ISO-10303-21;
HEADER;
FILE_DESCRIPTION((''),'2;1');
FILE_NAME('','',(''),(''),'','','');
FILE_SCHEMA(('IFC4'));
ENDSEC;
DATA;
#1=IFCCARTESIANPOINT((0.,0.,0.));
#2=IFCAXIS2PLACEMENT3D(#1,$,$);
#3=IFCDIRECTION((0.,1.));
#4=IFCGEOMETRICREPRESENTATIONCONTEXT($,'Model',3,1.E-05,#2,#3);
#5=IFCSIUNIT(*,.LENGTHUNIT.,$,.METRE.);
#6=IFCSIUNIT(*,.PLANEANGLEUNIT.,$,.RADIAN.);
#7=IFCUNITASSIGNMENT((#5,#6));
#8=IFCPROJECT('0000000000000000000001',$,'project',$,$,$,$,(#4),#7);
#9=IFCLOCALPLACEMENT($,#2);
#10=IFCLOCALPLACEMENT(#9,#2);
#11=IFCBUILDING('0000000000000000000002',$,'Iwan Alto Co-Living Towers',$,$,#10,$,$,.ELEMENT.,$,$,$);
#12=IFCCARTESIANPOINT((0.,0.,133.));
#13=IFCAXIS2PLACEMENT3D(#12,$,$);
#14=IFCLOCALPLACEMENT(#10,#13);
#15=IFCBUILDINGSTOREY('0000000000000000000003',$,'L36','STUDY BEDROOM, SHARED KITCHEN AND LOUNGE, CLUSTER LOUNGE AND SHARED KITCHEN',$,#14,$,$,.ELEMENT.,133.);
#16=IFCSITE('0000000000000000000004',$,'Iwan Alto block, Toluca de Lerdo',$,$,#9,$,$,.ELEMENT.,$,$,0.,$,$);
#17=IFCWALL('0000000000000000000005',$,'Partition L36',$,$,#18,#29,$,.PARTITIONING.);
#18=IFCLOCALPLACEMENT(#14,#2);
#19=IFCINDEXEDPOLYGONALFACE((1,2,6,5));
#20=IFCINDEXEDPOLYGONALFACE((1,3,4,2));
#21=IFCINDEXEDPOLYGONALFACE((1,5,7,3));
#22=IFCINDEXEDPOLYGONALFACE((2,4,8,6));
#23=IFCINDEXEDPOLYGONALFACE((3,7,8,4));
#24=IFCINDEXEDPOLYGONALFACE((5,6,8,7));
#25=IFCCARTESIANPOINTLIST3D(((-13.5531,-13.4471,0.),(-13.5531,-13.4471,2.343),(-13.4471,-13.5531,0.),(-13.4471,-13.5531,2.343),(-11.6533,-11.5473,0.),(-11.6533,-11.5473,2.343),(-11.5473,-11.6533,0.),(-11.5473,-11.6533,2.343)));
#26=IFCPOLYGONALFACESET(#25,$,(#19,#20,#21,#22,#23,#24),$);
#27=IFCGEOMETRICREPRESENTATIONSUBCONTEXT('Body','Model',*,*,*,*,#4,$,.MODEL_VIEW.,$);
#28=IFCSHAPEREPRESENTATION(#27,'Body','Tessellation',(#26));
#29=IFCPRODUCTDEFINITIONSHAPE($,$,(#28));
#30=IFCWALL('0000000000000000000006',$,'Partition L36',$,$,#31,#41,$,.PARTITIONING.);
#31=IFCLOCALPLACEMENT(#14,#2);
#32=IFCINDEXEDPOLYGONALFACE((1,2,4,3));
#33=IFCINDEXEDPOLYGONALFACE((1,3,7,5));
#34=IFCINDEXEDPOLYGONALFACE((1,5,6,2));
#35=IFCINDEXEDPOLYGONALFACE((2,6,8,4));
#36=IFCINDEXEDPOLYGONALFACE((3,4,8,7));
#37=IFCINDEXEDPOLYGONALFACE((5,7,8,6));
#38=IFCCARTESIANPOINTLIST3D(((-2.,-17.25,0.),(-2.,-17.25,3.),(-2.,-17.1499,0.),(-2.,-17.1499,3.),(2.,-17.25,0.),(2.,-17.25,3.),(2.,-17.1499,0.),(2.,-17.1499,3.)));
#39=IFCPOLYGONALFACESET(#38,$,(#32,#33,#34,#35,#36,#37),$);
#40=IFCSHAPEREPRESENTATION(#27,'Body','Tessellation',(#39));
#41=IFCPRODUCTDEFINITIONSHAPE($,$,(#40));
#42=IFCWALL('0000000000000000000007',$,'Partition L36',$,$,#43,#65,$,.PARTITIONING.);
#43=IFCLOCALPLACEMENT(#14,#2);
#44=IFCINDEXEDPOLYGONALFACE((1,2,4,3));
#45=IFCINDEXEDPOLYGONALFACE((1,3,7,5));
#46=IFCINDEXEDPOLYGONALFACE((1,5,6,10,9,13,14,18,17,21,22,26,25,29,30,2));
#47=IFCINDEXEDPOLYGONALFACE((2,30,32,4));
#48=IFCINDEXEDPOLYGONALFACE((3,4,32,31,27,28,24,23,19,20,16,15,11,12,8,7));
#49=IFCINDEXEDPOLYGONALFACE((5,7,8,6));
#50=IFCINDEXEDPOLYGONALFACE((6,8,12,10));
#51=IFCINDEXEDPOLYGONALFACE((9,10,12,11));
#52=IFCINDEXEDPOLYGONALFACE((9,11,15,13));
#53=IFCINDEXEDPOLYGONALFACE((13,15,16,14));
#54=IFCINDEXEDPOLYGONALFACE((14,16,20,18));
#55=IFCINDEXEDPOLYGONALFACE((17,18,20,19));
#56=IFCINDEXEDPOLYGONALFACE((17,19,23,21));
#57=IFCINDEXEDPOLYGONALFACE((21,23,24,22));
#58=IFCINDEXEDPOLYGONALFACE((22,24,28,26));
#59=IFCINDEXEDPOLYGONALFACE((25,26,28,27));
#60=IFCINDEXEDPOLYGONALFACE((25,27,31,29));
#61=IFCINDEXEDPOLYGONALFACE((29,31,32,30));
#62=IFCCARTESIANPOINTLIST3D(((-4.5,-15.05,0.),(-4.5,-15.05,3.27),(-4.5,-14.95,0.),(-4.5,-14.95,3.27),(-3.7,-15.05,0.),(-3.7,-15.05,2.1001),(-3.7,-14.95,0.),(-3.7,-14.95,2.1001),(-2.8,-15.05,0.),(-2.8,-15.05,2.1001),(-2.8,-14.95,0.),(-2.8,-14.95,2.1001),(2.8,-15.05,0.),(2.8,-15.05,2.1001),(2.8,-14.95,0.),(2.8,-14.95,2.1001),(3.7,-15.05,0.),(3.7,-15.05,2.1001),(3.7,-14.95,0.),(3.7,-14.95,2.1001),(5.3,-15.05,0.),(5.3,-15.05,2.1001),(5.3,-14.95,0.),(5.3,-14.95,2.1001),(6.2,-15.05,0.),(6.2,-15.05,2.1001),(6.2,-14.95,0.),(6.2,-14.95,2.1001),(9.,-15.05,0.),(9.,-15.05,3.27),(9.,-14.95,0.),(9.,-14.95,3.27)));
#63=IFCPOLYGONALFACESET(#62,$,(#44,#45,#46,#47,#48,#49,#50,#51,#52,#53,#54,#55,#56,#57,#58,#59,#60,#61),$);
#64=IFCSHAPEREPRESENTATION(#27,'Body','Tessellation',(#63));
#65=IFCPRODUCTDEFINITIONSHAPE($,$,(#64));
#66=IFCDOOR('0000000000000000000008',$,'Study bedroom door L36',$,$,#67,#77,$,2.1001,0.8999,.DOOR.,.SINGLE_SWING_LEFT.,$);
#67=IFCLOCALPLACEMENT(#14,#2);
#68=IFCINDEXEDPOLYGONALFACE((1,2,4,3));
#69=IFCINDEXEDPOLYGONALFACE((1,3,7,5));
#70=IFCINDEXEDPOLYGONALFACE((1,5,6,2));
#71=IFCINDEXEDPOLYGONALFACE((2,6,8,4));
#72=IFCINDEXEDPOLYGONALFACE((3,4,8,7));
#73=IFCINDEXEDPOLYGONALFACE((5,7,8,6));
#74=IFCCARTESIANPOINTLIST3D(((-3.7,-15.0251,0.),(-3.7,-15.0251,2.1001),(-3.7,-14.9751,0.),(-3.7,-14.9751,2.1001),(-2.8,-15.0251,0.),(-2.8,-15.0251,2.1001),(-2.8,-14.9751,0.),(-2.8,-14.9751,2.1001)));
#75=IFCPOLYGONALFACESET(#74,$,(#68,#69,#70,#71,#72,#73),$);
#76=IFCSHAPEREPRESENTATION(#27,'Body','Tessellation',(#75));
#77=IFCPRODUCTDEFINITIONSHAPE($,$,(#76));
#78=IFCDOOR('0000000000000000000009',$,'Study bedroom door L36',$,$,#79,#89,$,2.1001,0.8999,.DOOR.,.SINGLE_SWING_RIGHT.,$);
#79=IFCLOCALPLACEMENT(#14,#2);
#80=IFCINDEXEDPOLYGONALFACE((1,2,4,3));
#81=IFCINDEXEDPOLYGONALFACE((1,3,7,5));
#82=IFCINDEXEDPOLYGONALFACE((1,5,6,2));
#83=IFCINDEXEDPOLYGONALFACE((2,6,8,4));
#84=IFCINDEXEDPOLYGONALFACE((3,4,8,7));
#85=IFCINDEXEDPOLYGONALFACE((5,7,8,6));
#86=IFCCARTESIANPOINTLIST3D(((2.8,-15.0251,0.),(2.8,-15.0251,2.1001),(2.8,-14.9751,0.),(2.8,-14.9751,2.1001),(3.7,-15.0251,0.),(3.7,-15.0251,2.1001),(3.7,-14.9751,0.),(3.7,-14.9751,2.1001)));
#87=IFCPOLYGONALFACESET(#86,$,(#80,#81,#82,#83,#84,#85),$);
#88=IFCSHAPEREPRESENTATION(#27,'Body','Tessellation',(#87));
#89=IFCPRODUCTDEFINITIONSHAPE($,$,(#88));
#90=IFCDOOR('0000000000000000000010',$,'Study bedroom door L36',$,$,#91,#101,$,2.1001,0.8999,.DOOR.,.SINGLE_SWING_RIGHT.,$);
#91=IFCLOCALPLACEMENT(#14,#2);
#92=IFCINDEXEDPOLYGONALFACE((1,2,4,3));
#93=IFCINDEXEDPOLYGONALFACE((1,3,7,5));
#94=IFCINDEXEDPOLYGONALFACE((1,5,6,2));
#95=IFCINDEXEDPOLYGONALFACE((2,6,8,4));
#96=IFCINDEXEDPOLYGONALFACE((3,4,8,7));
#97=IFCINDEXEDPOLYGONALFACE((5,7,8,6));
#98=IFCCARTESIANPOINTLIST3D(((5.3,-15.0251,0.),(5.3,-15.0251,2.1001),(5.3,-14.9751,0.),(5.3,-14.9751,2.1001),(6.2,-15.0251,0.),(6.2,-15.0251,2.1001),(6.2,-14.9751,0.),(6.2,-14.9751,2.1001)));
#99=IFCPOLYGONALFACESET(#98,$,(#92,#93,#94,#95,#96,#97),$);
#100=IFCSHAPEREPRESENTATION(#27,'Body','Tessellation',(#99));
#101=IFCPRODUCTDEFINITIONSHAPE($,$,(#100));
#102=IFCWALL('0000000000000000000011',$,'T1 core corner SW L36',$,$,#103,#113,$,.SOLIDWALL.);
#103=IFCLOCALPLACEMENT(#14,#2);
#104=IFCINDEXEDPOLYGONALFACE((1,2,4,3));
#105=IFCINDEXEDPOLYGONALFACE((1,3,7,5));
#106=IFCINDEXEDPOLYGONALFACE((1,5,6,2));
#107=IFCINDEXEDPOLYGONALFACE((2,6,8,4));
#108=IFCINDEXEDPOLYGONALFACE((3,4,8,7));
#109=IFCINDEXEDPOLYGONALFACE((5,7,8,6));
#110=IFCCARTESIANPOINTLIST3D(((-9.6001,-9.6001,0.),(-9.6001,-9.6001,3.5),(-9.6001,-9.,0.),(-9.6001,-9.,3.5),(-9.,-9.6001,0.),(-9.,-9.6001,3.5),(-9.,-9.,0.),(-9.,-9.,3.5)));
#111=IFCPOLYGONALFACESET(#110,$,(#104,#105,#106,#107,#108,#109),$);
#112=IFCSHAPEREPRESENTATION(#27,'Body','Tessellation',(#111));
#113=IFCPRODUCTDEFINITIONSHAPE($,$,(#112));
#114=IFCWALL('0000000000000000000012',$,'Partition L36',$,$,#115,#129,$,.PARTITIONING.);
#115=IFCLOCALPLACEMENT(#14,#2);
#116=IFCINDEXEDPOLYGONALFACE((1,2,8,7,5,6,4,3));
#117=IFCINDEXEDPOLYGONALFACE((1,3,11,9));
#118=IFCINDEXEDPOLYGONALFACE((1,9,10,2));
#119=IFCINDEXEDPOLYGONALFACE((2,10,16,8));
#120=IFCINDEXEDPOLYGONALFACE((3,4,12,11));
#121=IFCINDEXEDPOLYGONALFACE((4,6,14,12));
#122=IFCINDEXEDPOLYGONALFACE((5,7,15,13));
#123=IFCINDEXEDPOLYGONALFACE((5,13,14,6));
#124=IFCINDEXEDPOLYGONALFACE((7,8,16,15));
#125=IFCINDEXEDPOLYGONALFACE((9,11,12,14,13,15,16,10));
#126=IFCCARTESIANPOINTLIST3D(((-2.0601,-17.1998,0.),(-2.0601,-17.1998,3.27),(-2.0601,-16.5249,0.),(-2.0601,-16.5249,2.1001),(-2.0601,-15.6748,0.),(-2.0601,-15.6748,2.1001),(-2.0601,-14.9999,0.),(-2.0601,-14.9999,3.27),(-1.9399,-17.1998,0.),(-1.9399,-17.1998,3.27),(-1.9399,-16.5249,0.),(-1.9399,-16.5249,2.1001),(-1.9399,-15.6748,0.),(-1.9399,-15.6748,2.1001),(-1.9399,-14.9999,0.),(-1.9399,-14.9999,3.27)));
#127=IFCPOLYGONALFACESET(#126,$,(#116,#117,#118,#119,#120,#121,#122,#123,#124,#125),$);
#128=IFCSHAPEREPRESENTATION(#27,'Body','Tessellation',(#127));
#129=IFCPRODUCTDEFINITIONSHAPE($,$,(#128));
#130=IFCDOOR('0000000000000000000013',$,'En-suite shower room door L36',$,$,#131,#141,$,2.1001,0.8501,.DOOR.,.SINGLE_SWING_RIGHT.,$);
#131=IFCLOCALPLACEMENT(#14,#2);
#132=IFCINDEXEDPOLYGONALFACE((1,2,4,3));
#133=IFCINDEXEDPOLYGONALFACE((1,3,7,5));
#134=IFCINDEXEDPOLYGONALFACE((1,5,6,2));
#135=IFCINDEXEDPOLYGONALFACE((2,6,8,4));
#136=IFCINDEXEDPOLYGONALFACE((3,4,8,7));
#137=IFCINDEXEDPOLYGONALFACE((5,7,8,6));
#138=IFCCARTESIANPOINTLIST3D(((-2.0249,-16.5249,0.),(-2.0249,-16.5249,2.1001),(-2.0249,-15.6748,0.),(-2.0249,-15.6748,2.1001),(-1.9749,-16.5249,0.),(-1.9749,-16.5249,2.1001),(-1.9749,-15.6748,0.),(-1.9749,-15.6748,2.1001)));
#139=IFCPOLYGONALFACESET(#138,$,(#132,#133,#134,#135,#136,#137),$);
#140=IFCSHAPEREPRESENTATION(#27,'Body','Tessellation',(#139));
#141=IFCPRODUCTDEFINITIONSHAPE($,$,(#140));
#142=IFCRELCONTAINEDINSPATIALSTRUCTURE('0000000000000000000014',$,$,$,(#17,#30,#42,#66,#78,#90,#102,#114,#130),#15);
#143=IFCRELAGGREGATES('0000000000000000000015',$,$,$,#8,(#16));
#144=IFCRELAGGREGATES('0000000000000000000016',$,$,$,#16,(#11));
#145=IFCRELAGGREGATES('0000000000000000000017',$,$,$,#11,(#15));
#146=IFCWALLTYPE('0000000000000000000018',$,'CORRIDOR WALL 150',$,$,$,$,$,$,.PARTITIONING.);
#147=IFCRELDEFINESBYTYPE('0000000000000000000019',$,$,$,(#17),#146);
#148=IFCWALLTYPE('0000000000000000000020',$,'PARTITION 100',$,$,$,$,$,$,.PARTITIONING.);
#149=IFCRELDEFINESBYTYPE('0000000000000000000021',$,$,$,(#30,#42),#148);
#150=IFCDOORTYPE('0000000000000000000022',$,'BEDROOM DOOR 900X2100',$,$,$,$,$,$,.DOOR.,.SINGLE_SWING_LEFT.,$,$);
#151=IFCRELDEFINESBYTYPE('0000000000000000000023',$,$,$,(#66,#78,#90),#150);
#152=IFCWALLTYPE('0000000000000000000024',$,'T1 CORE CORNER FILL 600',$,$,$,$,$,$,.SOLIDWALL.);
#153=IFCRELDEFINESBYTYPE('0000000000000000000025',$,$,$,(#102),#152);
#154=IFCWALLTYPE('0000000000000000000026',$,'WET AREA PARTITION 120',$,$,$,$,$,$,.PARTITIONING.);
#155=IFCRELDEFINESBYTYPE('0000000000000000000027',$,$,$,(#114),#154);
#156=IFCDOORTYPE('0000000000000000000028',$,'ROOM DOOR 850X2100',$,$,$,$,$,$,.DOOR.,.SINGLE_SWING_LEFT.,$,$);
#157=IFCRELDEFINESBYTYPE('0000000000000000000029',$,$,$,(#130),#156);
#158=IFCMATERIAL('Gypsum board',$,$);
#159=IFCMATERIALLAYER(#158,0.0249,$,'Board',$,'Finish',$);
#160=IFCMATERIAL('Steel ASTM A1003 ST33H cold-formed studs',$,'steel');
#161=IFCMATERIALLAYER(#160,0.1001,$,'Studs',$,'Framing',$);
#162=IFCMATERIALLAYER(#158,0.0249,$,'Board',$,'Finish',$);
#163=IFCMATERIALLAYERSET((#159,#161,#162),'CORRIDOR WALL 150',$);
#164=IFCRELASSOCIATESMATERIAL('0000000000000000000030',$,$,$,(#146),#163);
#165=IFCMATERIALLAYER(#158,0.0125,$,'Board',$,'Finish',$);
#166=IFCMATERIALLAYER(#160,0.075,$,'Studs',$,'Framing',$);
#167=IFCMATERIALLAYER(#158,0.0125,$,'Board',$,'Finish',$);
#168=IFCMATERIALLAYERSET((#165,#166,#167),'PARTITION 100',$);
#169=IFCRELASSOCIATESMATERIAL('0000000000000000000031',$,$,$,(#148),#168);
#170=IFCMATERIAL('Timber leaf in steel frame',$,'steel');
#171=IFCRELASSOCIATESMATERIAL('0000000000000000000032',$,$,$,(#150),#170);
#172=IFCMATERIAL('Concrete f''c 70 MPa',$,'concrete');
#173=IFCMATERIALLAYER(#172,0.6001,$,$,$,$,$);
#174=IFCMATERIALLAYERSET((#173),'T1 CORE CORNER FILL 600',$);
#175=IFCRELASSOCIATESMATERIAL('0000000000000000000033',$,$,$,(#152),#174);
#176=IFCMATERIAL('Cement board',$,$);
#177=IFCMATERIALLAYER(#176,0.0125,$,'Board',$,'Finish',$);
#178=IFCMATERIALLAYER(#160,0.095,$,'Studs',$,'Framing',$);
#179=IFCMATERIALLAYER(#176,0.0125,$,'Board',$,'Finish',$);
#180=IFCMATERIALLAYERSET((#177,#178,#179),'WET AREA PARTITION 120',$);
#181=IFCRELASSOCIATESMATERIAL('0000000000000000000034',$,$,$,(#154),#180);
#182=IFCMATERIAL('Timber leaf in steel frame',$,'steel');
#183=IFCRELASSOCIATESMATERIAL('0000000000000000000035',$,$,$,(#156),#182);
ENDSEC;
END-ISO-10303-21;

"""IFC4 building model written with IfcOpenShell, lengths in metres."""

from ifc_helpers import new_model, si_unit, direction, frame, frame_2d, origin, place, context, subcontext, project, spatial, rectangle, extrude, material, layer, layer_set, type_object, element, fill, save


model = new_model("IFC4")

# Units and contexts
model_context = context("Model", 3, precision=1e-05, world=origin(), true_north=direction((0.0, 1.0)))
body_context = subcontext(model_context, "Body", "Model", "MODEL_VIEW")
ifc_project = project(units=[si_unit("LENGTHUNIT", "METRE"), si_unit("PLANEANGLEUNIT", "RADIAN")], contexts=[model_context])

# Site, building, storey
site_placement = place(None, origin())
site = spatial("IfcSite", under=ifc_project, at=site_placement, Name="Iwan Alto block, Toluca de Lerdo", CompositionType="ELEMENT", RefElevation=0.0)
building_placement = place(site_placement, origin())
building = spatial("IfcBuilding", under=site, at=building_placement, Name="Iwan Alto Co-Living Towers", CompositionType="ELEMENT")
storey_placement = place(building_placement, frame((0.0, 0.0, 133.0)))
storey = spatial("IfcBuildingStorey", under=building, at=storey_placement, Name="L36", Description="STUDY BEDROOM, SHARED KITCHEN AND LOUNGE, CLUSTER LOUNGE AND SHARED KITCHEN", CompositionType="ELEMENT", Elevation=133.0)

# Shared definitions
ifc_material_1 = material(Name="Gypsum board")
ifc_layer_1 = layer(ifc_material_1, 0.0249, Name="Board", Category="Finish")
ifc_material_2 = material(Name="Steel ASTM A1003 ST33H cold-formed studs", Category="steel")
ifc_layer_2 = layer(ifc_material_2, 0.1001, Name="Studs", Category="Framing")
ifc_layer_3 = layer(ifc_material_1, 0.0249, Name="Board", Category="Finish")
ifc_layer_set_1 = layer_set([ifc_layer_1, ifc_layer_2, ifc_layer_3], Name="CORRIDOR WALL 150")
wall_type_1 = type_object("IfcWallType", Name="CORRIDOR WALL 150", PredefinedType="PARTITIONING", material=ifc_layer_set_1)

# Walls
wall_1_placement = place(storey_placement, frame((-13.5, -13.5, 0.0), z_axis=(0.0, 0.0, 1.0), x_axis=(0.707107, 0.707107, 0.0)))
element("IfcWall", 1, at=wall_1_placement, inside=storey, type_object=wall_type_1, Name="Partition L36", PredefinedType="PARTITIONING", context=body_context, shape_type="SweptSolid", body=[
    extrude(rectangle(XDim=2.6868, YDim=0.1499, at=frame_2d((1.3433, 0.0))), origin(), (0.0, 0.0, 1.0), 2.343),
])
ifc_layer_4 = layer(ifc_material_1, 0.0125, Name="Board", Category="Finish")
ifc_layer_5 = layer(ifc_material_2, 0.075, Name="Studs", Category="Framing")
ifc_layer_6 = layer(ifc_material_1, 0.0125, Name="Board", Category="Finish")
ifc_layer_set_2 = layer_set([ifc_layer_4, ifc_layer_5, ifc_layer_6], Name="PARTITION 100")
wall_type_2 = type_object("IfcWallType", Name="PARTITION 100", PredefinedType="PARTITIONING", material=ifc_layer_set_2)
wall_2_placement = place(storey_placement, frame((-2.0, -17.2, 0.0), z_axis=(0.0, 0.0, 1.0), x_axis=(1.0, 0.0, 0.0)))
element("IfcWall", 2, at=wall_2_placement, inside=storey, type_object=wall_type_2, Name="Partition L36", PredefinedType="PARTITIONING", context=body_context, shape_type="SweptSolid", body=[
    extrude(rectangle(XDim=4.0, YDim=0.1001, at=frame_2d((2.0, 0.0))), origin(), (0.0, 0.0, 1.0), 3.0),
])

# Wall, openings, doors
wall_3_placement = place(storey_placement, frame((-4.5, -15.0, 0.0), z_axis=(0.0, 0.0, 1.0), x_axis=(1.0, 0.0, 0.0)))
wall_3 = element("IfcWall", 3, at=wall_3_placement, inside=storey, type_object=wall_type_2, Name="Partition L36", PredefinedType="PARTITIONING", context=body_context, shape_type="SweptSolid", body=[
    extrude(rectangle(XDim=13.5, YDim=0.1001, at=frame_2d((6.75, 0.0))), origin(), (0.0, 0.0, 1.0), 3.27),
])
opening_1_placement = place(wall_3_placement, frame((0.8, 0.0, 0.0)))
opening_1 = element("IfcOpeningElement", 4, at=opening_1_placement, cuts=wall_3, PredefinedType="OPENING", context=body_context, shape_type="SweptSolid", body=[
    extrude(rectangle(XDim=0.8999, YDim=2.1001, at=frame_2d((0.45, 1.05))), frame((0.0, 0.0601, 0.0), z_axis=(0.0, -1.0, 0.0), x_axis=(1.0, 0.0, 0.0)), (0.0, 0.0, 1.0), 0.1201),
])
opening_2_placement = place(wall_3_placement, frame((7.3, 0.0, 0.0)))
opening_2 = element("IfcOpeningElement", 5, at=opening_2_placement, cuts=wall_3, PredefinedType="OPENING", context=body_context, shape_type="SweptSolid", body=[
    extrude(rectangle(XDim=0.8999, YDim=2.1001, at=frame_2d((0.45, 1.05))), frame((0.0, 0.0601, 0.0), z_axis=(0.0, -1.0, 0.0), x_axis=(1.0, 0.0, 0.0)), (0.0, 0.0, 1.0), 0.1201),
])
opening_3_placement = place(wall_3_placement, frame((9.8, 0.0, 0.0)))
opening_3 = element("IfcOpeningElement", 6, at=opening_3_placement, cuts=wall_3, PredefinedType="OPENING", context=body_context, shape_type="SweptSolid", body=[
    extrude(rectangle(XDim=0.8999, YDim=2.1001, at=frame_2d((0.45, 1.05))), frame((0.0, 0.0601, 0.0), z_axis=(0.0, -1.0, 0.0), x_axis=(1.0, 0.0, 0.0)), (0.0, 0.0, 1.0), 0.1201),
])
ifc_material_3 = material(Name="Timber leaf in steel frame", Category="steel")
door_type_1 = type_object("IfcDoorType", Name="BEDROOM DOOR 900X2100", OperationType="SINGLE_SWING_LEFT", PredefinedType="DOOR", material=ifc_material_3)
door_1_placement = place(opening_1_placement, origin())
door_1 = element("IfcDoor", 7, at=door_1_placement, inside=storey, type_object=door_type_1, Name="Study bedroom door L36", OperationType="SINGLE_SWING_LEFT", OverallHeight=2.1001, OverallWidth=0.8999, PredefinedType="DOOR", context=body_context, shape_type="SweptSolid", body=[
    extrude(rectangle(XDim=0.8999, YDim=2.1001, at=frame_2d((0.45, 1.05))), frame((0.0, 0.0249, 0.0), z_axis=(0.0, -1.0, 0.0), x_axis=(1.0, 0.0, 0.0)), (0.0, 0.0, 1.0), 0.05),
])
fill(opening_1, door_1)
door_2_placement = place(opening_2_placement, origin())
door_2 = element("IfcDoor", 8, at=door_2_placement, inside=storey, type_object=door_type_1, Name="Study bedroom door L36", OperationType="SINGLE_SWING_RIGHT", OverallHeight=2.1001, OverallWidth=0.8999, PredefinedType="DOOR", context=body_context, shape_type="SweptSolid", body=[
    extrude(rectangle(XDim=0.8999, YDim=2.1001, at=frame_2d((0.45, 1.05))), frame((0.0, 0.0249, 0.0), z_axis=(0.0, -1.0, 0.0), x_axis=(1.0, 0.0, 0.0)), (0.0, 0.0, 1.0), 0.05),
])
fill(opening_2, door_2)
door_3_placement = place(opening_3_placement, origin())
door_3 = element("IfcDoor", 9, at=door_3_placement, inside=storey, type_object=door_type_1, Name="Study bedroom door L36", OperationType="SINGLE_SWING_RIGHT", OverallHeight=2.1001, OverallWidth=0.8999, PredefinedType="DOOR", context=body_context, shape_type="SweptSolid", body=[
    extrude(rectangle(XDim=0.8999, YDim=2.1001, at=frame_2d((0.45, 1.05))), frame((0.0, 0.0249, 0.0), z_axis=(0.0, -1.0, 0.0), x_axis=(1.0, 0.0, 0.0)), (0.0, 0.0, 1.0), 0.05),
])
fill(opening_3, door_3)

# Wall
ifc_material_4 = material(Name="Concrete f'c 70 MPa", Category="concrete")
ifc_layer_7 = layer(ifc_material_4, 0.6001)
ifc_layer_set_3 = layer_set([ifc_layer_7], Name="T1 CORE CORNER FILL 600")
wall_type_3 = type_object("IfcWallType", Name="T1 CORE CORNER FILL 600", PredefinedType="SOLIDWALL", material=ifc_layer_set_3)
wall_4_placement = place(storey_placement, frame((-9.6001, -9.3, 0.0), z_axis=(0.0, 0.0, 1.0), x_axis=(1.0, 0.0, 0.0)))
element("IfcWall", 10, at=wall_4_placement, inside=storey, type_object=wall_type_3, Name="T1 core corner SW L36", PredefinedType="SOLIDWALL", context=body_context, shape_type="SweptSolid", body=[
    extrude(rectangle(XDim=0.6001, YDim=0.6001, at=frame_2d((0.3, 0.0))), origin(), (0.0, 0.0, 1.0), 3.5),
])

# Wall, opening, door
ifc_material_5 = material(Name="Cement board")
ifc_layer_8 = layer(ifc_material_5, 0.0125, Name="Board", Category="Finish")
ifc_layer_9 = layer(ifc_material_2, 0.095, Name="Studs", Category="Framing")
ifc_layer_10 = layer(ifc_material_5, 0.0125, Name="Board", Category="Finish")
ifc_layer_set_4 = layer_set([ifc_layer_8, ifc_layer_9, ifc_layer_10], Name="WET AREA PARTITION 120")
wall_type_4 = type_object("IfcWallType", Name="WET AREA PARTITION 120", PredefinedType="PARTITIONING", material=ifc_layer_set_4)
wall_5_placement = place(storey_placement, frame((-2.0, -17.2, 0.0), z_axis=(0.0, 0.0, 1.0), x_axis=(0.0, 1.0, 0.0)))
wall_5 = element("IfcWall", 11, at=wall_5_placement, inside=storey, type_object=wall_type_4, Name="Partition L36", PredefinedType="PARTITIONING", context=body_context, shape_type="SweptSolid", body=[
    extrude(rectangle(XDim=2.2, YDim=0.1201, at=frame_2d((1.1001, 0.0))), origin(), (0.0, 0.0, 1.0), 3.27),
])
opening_4_placement = place(wall_5_placement, frame((0.675, 0.0, 0.0)))
opening_4 = element("IfcOpeningElement", 12, at=opening_4_placement, cuts=wall_5, PredefinedType="OPENING", context=body_context, shape_type="SweptSolid", body=[
    extrude(rectangle(XDim=0.8501, YDim=2.1001, at=frame_2d((0.425, 1.05))), frame((0.0, 0.0701, 0.0), z_axis=(0.0, -1.0, 0.0), x_axis=(1.0, 0.0, 0.0)), (0.0, 0.0, 1.0), 0.1401),
])
ifc_material_6 = material(Name="Timber leaf in steel frame", Category="steel")
door_type_2 = type_object("IfcDoorType", Name="ROOM DOOR 850X2100", OperationType="SINGLE_SWING_LEFT", PredefinedType="DOOR", material=ifc_material_6)
door_4_placement = place(opening_4_placement, origin())
door_4 = element("IfcDoor", 13, at=door_4_placement, inside=storey, type_object=door_type_2, Name="En-suite shower room door L36", OperationType="SINGLE_SWING_RIGHT", OverallHeight=2.1001, OverallWidth=0.8501, PredefinedType="DOOR", context=body_context, shape_type="SweptSolid", body=[
    extrude(rectangle(XDim=0.8501, YDim=2.1001, at=frame_2d((0.425, 1.05))), frame((0.0, 0.0249, 0.0), z_axis=(0.0, -1.0, 0.0), x_axis=(1.0, 0.0, 0.0)), (0.0, 0.0, 1.0), 0.05),
])
fill(opening_4, door_4)

save(model, "model.ifc")
